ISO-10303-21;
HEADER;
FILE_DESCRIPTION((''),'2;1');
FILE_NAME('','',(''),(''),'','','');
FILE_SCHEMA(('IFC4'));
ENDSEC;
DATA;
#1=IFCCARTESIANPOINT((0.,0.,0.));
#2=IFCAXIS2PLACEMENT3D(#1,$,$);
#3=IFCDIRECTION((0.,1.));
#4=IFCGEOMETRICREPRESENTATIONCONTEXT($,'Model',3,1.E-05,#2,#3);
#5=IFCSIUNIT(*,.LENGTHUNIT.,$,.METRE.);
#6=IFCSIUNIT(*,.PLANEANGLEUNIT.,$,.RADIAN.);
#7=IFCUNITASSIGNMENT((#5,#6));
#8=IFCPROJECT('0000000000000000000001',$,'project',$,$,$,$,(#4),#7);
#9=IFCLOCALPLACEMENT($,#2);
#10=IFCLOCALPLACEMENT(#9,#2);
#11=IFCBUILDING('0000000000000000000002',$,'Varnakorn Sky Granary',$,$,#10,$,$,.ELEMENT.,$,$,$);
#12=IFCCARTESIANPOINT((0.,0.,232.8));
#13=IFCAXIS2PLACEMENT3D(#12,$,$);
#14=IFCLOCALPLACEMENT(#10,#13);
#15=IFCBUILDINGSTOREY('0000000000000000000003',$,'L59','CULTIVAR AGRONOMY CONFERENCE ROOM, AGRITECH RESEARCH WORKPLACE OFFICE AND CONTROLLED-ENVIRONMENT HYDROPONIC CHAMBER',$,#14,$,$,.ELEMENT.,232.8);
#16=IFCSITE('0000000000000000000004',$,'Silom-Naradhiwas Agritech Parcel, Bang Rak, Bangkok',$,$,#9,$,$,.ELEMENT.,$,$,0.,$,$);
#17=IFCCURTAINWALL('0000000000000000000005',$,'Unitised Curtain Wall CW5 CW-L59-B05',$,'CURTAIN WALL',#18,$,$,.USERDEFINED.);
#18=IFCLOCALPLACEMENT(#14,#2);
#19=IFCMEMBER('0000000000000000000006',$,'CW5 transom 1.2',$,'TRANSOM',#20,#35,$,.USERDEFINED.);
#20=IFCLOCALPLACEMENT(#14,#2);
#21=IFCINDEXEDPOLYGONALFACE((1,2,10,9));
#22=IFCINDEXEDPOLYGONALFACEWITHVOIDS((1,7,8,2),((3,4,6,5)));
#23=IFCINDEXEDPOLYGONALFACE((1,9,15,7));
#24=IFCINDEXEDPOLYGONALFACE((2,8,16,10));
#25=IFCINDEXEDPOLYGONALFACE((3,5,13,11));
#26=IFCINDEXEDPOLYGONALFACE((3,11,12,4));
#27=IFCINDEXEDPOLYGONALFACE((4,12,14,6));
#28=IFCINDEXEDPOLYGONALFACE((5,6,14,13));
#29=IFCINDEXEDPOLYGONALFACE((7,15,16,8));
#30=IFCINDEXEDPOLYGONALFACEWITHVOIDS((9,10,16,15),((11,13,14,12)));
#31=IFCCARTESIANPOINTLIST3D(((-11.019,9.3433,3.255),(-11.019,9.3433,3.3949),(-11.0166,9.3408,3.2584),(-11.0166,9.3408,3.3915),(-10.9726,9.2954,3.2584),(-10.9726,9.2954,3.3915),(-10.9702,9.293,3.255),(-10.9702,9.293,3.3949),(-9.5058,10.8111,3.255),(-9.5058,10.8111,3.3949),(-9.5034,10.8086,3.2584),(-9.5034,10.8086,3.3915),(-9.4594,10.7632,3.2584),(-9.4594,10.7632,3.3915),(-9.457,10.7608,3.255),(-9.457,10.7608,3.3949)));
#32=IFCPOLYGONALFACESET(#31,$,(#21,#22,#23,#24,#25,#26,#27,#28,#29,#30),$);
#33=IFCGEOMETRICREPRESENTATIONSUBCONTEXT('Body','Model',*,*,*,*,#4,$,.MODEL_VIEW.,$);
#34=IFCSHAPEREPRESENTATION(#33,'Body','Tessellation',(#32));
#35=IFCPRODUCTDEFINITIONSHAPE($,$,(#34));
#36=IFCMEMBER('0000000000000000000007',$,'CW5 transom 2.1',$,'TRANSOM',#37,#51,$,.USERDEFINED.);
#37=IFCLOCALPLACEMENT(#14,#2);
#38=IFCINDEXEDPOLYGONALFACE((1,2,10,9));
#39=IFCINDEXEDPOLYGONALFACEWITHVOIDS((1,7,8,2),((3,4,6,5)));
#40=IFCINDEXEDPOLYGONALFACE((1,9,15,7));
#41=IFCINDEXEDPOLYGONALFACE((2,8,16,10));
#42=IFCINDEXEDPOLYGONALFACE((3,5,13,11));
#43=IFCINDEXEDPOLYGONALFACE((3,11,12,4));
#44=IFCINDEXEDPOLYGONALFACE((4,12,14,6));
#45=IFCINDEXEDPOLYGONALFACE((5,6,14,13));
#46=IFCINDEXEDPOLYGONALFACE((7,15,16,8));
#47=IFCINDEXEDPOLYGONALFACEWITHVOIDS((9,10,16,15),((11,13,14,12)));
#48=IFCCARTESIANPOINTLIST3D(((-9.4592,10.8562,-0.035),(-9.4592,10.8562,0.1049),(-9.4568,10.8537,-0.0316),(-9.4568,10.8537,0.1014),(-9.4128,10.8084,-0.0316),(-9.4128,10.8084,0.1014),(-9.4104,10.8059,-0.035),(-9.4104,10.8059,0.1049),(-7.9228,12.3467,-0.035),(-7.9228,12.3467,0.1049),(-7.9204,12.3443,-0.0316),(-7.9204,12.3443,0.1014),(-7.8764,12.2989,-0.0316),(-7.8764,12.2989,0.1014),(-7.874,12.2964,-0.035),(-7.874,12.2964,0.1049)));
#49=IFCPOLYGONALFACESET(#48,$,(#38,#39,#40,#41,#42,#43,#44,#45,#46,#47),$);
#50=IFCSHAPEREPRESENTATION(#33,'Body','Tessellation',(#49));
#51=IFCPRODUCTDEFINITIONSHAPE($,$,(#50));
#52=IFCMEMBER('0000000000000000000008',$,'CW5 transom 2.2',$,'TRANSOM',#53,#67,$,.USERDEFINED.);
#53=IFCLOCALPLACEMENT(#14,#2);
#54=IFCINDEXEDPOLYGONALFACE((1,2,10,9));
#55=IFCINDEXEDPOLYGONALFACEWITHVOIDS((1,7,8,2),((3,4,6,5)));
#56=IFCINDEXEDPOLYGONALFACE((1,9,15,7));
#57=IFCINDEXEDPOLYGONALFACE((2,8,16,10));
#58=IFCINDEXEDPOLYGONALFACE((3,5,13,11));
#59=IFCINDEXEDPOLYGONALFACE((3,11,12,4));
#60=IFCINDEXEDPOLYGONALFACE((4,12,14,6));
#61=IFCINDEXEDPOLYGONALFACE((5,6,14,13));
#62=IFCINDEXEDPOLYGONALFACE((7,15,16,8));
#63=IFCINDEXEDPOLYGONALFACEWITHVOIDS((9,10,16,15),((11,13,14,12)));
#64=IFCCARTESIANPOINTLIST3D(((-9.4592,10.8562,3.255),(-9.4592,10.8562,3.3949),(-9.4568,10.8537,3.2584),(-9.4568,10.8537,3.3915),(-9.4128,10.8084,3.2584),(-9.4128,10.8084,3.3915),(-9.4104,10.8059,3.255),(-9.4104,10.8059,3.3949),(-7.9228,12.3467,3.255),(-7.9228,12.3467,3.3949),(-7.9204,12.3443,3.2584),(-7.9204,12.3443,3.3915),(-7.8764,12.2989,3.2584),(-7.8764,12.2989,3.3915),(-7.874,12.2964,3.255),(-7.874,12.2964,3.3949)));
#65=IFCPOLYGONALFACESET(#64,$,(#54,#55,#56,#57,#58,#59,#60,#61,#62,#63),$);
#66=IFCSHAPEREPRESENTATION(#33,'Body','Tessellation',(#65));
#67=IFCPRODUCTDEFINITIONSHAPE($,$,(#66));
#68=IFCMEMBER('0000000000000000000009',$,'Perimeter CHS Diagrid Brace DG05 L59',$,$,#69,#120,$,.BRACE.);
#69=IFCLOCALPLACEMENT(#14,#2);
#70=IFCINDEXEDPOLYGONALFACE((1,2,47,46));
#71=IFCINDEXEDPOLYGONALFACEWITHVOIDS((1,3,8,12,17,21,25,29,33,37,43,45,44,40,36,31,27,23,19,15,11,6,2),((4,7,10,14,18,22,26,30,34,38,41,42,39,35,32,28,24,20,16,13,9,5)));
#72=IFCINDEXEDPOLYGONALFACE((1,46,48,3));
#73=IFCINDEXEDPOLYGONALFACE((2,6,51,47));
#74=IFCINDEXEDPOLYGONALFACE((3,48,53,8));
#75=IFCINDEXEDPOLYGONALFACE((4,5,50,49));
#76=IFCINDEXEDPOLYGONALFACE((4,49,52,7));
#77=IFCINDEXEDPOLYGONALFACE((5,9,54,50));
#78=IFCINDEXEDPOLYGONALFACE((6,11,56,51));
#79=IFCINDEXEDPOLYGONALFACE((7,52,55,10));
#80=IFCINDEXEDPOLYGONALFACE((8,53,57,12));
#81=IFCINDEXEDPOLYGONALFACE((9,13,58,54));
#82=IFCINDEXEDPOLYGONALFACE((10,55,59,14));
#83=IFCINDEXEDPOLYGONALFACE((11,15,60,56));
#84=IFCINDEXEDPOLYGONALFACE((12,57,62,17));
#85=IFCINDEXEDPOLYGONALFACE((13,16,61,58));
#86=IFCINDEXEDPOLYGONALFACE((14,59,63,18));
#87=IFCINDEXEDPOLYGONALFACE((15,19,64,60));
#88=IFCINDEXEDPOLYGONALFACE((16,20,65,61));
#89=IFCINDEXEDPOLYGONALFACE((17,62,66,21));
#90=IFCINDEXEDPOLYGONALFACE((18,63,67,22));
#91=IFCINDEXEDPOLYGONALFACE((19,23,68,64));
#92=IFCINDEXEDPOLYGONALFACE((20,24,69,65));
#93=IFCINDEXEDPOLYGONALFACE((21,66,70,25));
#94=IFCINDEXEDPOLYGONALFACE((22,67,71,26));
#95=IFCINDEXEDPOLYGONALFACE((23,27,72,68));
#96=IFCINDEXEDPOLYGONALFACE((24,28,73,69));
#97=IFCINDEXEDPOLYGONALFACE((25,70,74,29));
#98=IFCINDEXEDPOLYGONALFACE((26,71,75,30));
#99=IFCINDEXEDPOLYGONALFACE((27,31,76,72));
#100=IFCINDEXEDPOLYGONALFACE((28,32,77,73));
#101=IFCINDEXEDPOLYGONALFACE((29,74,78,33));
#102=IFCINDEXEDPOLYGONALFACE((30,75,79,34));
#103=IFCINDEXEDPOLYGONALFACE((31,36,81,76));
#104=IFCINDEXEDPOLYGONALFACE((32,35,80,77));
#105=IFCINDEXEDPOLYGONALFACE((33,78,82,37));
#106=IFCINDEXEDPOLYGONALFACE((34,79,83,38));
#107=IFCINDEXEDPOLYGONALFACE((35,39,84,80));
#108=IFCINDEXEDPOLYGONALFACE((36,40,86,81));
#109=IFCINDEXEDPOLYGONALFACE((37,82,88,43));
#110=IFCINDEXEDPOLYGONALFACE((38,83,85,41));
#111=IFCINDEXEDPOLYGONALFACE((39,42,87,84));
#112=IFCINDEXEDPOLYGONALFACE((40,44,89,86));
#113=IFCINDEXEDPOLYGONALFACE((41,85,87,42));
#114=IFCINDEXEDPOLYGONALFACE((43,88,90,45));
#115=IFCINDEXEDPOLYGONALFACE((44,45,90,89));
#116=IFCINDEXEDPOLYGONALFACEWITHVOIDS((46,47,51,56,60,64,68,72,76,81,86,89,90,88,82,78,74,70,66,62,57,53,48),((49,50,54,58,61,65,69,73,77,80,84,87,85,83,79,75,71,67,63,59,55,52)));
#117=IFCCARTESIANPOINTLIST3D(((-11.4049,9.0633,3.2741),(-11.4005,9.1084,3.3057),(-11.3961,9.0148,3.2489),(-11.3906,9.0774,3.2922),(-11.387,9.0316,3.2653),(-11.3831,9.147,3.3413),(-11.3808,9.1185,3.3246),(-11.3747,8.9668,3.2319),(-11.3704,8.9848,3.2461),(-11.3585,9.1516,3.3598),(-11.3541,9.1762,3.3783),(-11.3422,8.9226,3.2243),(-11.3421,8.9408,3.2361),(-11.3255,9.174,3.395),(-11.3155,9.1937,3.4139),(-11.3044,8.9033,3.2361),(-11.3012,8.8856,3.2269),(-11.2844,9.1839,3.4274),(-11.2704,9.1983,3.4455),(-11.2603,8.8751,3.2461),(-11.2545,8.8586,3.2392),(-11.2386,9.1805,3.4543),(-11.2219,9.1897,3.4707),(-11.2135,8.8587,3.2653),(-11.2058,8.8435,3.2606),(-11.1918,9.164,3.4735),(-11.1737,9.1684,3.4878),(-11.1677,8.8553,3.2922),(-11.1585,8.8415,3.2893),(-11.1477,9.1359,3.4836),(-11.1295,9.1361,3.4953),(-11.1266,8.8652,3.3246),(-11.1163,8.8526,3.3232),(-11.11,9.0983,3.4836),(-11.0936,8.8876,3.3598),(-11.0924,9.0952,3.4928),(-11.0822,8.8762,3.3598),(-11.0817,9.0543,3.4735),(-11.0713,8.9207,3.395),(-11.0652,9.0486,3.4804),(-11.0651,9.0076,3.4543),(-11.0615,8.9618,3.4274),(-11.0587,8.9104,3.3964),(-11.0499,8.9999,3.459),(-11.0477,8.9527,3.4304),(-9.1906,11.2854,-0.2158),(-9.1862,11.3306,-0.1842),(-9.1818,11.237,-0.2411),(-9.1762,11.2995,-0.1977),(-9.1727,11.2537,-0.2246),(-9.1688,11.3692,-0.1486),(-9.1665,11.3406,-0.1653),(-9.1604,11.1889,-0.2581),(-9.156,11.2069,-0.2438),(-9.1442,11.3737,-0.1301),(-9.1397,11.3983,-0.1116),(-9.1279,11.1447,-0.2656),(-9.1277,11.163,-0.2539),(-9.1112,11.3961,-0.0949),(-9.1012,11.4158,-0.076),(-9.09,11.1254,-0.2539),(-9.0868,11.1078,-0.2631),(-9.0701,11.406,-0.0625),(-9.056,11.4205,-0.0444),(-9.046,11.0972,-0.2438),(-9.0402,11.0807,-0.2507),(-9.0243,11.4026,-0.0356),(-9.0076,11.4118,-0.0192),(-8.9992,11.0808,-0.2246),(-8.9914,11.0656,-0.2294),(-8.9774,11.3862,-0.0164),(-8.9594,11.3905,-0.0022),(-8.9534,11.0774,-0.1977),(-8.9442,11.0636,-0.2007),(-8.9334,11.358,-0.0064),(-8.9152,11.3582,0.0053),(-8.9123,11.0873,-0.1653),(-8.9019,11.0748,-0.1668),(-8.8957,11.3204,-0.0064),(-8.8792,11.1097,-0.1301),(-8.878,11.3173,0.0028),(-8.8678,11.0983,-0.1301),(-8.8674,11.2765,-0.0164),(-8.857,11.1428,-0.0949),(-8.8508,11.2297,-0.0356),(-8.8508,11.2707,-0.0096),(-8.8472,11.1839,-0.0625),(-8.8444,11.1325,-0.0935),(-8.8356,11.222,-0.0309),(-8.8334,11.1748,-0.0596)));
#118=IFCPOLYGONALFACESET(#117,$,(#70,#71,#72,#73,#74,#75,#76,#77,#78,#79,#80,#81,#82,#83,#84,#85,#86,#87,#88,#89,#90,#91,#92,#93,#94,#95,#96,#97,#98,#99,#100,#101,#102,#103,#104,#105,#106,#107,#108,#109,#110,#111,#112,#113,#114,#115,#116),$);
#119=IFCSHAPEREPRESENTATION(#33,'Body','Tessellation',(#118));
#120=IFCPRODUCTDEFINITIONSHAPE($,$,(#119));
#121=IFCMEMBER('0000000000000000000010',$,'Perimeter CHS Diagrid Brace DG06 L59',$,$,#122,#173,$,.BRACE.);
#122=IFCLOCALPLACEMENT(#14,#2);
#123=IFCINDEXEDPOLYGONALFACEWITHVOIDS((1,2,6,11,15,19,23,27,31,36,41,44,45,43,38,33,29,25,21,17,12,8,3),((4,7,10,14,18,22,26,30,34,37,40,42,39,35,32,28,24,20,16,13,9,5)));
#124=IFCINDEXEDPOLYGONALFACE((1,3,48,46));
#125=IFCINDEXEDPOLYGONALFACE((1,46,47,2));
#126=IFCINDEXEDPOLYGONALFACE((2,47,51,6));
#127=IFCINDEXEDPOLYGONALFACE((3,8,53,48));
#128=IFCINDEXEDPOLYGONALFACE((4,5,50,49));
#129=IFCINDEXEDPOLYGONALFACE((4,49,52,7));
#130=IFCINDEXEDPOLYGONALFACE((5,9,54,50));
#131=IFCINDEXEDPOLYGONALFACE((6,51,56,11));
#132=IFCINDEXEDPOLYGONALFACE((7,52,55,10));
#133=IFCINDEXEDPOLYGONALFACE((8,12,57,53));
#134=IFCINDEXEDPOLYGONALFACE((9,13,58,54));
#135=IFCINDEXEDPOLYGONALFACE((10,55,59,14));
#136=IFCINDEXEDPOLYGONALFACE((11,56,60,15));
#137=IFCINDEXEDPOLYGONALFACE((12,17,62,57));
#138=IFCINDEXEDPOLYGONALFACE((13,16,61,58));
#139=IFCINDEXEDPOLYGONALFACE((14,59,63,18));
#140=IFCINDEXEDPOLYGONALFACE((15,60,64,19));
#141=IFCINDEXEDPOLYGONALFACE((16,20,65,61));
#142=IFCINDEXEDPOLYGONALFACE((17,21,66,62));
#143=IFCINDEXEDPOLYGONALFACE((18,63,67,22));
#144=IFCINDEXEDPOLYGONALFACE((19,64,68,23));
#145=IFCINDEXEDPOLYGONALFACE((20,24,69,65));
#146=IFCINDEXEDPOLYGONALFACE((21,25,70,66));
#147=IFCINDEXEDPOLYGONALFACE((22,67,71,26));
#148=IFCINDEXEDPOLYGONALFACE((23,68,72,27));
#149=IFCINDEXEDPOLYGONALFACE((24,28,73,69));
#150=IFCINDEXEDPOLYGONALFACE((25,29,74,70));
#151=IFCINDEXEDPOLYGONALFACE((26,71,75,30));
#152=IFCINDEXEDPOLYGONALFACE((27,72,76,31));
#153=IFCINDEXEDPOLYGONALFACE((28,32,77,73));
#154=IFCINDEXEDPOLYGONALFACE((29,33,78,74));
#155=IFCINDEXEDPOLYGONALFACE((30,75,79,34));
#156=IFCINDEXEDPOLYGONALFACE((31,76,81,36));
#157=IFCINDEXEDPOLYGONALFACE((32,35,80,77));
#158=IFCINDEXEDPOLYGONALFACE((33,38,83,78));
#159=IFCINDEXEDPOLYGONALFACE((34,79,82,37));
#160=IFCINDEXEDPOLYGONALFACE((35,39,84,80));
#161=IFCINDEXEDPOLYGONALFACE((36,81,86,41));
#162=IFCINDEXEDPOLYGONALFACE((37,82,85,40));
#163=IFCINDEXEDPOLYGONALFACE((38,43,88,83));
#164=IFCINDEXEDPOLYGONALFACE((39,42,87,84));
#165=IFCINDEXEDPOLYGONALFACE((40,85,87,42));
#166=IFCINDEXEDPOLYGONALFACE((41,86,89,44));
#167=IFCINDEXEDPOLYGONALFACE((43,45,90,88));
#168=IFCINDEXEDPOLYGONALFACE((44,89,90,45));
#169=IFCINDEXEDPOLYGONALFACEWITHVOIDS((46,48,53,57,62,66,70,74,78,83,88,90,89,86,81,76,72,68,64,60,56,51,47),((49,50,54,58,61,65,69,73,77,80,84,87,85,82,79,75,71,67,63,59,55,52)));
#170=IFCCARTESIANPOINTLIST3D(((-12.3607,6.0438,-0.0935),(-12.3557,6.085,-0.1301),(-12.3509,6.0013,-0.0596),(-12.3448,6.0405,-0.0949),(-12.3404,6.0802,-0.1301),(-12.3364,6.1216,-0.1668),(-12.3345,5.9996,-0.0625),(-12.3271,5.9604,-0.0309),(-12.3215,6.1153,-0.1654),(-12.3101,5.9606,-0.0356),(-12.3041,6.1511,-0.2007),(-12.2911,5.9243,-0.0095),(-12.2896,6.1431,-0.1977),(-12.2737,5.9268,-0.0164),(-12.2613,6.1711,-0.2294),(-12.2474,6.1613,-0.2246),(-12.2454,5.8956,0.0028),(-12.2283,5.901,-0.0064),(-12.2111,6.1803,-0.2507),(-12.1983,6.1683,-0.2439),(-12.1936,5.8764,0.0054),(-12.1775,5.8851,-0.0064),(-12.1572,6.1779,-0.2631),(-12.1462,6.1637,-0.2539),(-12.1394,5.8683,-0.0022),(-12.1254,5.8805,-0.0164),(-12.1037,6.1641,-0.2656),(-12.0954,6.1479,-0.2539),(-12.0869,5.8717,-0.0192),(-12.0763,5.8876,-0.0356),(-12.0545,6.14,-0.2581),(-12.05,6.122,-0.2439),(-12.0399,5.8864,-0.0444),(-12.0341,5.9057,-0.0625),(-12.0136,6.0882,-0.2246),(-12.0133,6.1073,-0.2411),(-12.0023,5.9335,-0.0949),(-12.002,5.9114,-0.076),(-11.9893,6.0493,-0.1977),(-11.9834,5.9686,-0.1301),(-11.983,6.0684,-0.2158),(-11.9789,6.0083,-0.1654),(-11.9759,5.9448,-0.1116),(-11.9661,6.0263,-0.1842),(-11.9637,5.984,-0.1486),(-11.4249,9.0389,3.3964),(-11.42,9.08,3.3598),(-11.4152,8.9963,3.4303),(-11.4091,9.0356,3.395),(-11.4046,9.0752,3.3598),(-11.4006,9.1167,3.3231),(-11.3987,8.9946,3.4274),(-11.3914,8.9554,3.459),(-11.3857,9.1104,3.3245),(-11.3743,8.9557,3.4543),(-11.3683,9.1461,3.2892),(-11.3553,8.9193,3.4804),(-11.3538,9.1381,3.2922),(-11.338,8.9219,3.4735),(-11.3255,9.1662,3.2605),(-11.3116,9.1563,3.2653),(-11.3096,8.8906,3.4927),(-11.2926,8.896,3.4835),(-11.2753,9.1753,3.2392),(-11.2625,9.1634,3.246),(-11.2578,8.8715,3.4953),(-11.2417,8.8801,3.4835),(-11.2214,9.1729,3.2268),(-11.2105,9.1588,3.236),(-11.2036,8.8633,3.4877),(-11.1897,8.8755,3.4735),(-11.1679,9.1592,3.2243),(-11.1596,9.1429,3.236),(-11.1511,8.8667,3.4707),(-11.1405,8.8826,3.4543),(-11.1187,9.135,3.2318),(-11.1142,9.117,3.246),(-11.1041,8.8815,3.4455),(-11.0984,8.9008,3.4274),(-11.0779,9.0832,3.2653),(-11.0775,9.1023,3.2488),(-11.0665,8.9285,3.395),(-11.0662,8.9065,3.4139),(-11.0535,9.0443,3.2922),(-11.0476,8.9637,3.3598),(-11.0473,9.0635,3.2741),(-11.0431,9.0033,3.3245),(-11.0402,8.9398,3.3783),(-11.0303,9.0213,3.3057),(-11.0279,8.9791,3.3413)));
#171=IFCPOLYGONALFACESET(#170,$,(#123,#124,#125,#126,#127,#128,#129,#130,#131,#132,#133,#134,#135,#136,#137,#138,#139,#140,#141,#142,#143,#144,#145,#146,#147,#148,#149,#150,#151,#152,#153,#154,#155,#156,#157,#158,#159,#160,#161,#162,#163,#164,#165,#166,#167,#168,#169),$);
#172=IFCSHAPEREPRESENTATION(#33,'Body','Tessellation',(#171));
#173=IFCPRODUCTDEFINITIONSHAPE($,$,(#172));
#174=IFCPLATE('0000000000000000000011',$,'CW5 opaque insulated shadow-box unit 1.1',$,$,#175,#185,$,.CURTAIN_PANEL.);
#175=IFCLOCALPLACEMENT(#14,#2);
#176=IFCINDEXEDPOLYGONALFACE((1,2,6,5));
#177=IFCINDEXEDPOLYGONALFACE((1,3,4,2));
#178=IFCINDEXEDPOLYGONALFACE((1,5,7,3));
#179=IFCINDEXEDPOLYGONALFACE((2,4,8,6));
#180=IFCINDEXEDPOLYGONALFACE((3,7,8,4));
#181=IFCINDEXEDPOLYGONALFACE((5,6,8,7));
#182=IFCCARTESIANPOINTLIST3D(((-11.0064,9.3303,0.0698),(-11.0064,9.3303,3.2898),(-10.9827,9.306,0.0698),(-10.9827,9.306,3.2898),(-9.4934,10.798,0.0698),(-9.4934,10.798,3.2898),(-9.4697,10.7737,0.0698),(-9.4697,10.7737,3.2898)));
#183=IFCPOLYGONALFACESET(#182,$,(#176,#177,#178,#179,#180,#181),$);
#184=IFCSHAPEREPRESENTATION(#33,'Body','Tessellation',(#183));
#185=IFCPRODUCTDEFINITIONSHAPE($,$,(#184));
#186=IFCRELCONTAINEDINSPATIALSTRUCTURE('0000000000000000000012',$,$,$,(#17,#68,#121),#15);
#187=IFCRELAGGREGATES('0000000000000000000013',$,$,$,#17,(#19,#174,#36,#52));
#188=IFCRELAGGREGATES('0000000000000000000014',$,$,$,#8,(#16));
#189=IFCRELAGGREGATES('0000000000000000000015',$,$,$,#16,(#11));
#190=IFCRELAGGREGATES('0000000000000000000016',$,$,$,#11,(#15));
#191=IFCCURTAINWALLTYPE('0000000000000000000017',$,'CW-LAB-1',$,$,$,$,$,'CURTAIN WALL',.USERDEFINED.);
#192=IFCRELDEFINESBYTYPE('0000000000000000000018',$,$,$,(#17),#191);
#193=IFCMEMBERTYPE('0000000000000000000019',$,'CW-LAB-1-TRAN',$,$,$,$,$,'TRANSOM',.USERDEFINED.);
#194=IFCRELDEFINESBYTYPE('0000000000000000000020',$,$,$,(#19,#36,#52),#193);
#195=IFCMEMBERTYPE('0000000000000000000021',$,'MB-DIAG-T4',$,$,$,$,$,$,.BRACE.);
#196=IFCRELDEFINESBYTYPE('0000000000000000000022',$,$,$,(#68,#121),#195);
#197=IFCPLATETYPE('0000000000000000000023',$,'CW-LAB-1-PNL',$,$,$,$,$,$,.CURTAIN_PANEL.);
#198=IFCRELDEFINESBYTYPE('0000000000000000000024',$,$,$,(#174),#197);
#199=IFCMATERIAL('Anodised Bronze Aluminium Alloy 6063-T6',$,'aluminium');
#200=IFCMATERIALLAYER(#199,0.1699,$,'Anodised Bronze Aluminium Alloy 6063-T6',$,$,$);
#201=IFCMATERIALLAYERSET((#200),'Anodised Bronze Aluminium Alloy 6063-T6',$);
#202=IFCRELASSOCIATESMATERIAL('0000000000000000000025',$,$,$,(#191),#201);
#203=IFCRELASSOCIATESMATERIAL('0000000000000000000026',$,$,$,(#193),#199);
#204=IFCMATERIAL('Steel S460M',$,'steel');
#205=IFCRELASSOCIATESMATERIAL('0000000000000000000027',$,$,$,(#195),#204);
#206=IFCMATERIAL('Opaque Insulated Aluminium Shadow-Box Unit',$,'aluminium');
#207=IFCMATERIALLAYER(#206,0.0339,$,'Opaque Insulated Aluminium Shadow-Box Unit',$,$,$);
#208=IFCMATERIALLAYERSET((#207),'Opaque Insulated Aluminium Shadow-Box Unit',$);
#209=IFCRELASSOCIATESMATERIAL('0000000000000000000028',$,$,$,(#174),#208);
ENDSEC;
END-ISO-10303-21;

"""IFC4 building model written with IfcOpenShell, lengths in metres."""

from ifc_helpers import new_model, si_unit, direction, frame, origin, origin_2d, place, context, subcontext, project, spatial, rectangle, hollow_rectangle, hollow_circle, extrude, source, transform, mapped, material, layer, layer_set, material_profile, profile_set, type_object, element, aggregate, save


model = new_model("IFC4")

# Units and contexts
model_context = context("Model", 3, precision=1e-05, world=origin(), true_north=direction((0.0, 1.0)))
body_context = subcontext(model_context, "Body", "Model", "MODEL_VIEW")
ifc_project = project(units=[si_unit("LENGTHUNIT", "METRE"), si_unit("PLANEANGLEUNIT", "RADIAN")], contexts=[model_context])

# Site, building, storey
site_placement = place(None, origin())
site = spatial("IfcSite", under=ifc_project, at=site_placement, Name="Silom-Naradhiwas Agritech Parcel, Bang Rak, Bangkok", CompositionType="ELEMENT", RefElevation=0.0)
building_placement = place(site_placement, origin())
building = spatial("IfcBuilding", under=site, at=building_placement, Name="Varnakorn Sky Granary", CompositionType="ELEMENT")
storey_placement = place(building_placement, frame((0.0, 0.0, 232.8)))
storey = spatial("IfcBuildingStorey", under=building, at=storey_placement, Name="L59", Description="CULTIVAR AGRONOMY CONFERENCE ROOM, AGRITECH RESEARCH WORKPLACE OFFICE AND CONTROLLED-ENVIRONMENT HYDROPONIC CHAMBER", CompositionType="ELEMENT", Elevation=232.8)

# Shared definitions
ifc_material_1 = material(Name="Steel S460M", Category="steel")

# Curtain wall, members
ifc_material_2 = material(Name="Anodised Bronze Aluminium Alloy 6063-T6", Category="aluminium")
ifc_layer_1 = layer(ifc_material_2, 0.1699, Name="Anodised Bronze Aluminium Alloy 6063-T6")
ifc_layer_set_1 = layer_set([ifc_layer_1], Name="Anodised Bronze Aluminium Alloy 6063-T6")
curtain_wall_type = type_object("IfcCurtainWallType", Name="CW-LAB-1", ElementType="CURTAIN WALL", PredefinedType="USERDEFINED", material=ifc_layer_set_1)
curtain_wall_placement = place(storey_placement, origin())
curtain_wall = element("IfcCurtainWall", 1, at=curtain_wall_placement, inside=storey, type_object=curtain_wall_type, Name="Unitised Curtain Wall CW5 CW-L59-B05", ObjectType="CURTAIN WALL", PredefinedType="USERDEFINED")
ifc_material_profile_1 = material_profile(ifc_material_2, hollow_rectangle(XDim=0.0701, YDim=0.1399, WallThickness=0.0034, at=origin_2d()), Name="ALU TRAN 70x140")
ifc_profile_set_1 = profile_set([ifc_material_profile_1], Name="Anodised Bronze Aluminium Alloy 6063-T6")
member_type_1 = type_object("IfcMemberType", Name="CW-LAB-1-TRAN", ElementType="TRANSOM", PredefinedType="USERDEFINED", material=ifc_profile_set_1)
member_1_placement = place(storey_placement, frame((-10.9946, 9.3181, 3.325), z_axis=(0.717795, 0.696254, 0.0), x_axis=(-0.696254, 0.717795, 0.0)))
member_1 = element("IfcMember", 2, at=member_1_placement, type_object=member_type_1, Name="CW5 transom 1.2", ObjectType="TRANSOM", PredefinedType="USERDEFINED", context=body_context, shape_type="SweptSolid", body=[
    extrude(hollow_rectangle(XDim=0.0701, YDim=0.1399, WallThickness=0.0034, at=origin_2d()), origin(), (0.0, 0.0, 1.0), 2.1082),
])
member_2_placement = place(storey_placement, frame((-9.4348, 10.8311, 0.0349), z_axis=(0.717747, 0.696304, 0.0), x_axis=(-0.696304, 0.717747, 0.0)))
member_2 = element("IfcMember", 3, at=member_2_placement, type_object=member_type_1, Name="CW5 transom 2.1", ObjectType="TRANSOM", PredefinedType="USERDEFINED", context=body_context, shape_type="SweptSolid", body=[
    extrude(hollow_rectangle(XDim=0.0701, YDim=0.1399, WallThickness=0.0034, at=origin_2d()), origin(), (0.0, 0.0, 1.0), 2.1406),
])
member_3_placement = place(storey_placement, frame((-9.4348, 10.8311, 3.325), z_axis=(0.717747, 0.696304, 0.0), x_axis=(-0.696304, 0.717747, 0.0)))
member_3 = element("IfcMember", 4, at=member_3_placement, type_object=member_type_1, Name="CW5 transom 2.2", ObjectType="TRANSOM", PredefinedType="USERDEFINED", context=body_context, shape_type="SweptSolid", body=[
    extrude(hollow_rectangle(XDim=0.0701, YDim=0.1399, WallThickness=0.0034, at=origin_2d()), origin(), (0.0, 0.0, 1.0), 2.1406),
])

# Members
ifc_material_profile_2 = material_profile(ifc_material_1, hollow_circle(Radius=0.2031, WallThickness=0.0161, at=origin_2d()), Name="CHS 406.4x16")
ifc_profile_set_2 = profile_set([ifc_material_profile_2], Name="Steel S460M")
member_type_2 = type_object("IfcMemberType", Name="MB-DIAG-T4", PredefinedType="BRACE", material=ifc_profile_set_2)
member_4_placement = place(storey_placement, frame((-9.0117, 11.2417, -0.1301), z_axis=(-0.471872, -0.473537, 0.743706), x_axis=(0.708351, -0.705861, 0.0)))
element("IfcMember", 5, at=member_4_placement, inside=storey, type_object=member_type_2, Name="Perimeter CHS Diagrid Brace DG05 L59", PredefinedType="BRACE", context=body_context, shape_type="SweptSolid", body=[
    extrude(hollow_circle(Radius=0.2031, WallThickness=0.0161, at=origin_2d()), origin(), (0.0, 0.0, 1.0), 4.6926),
])
member_5_placement = place(storey_placement, frame((-12.1619, 6.0244, -0.1301), z_axis=(0.199391, 0.638177, 0.743621), x_axis=(-0.954497, 0.298222, 0.0)))
element("IfcMember", 6, at=member_5_placement, inside=storey, type_object=member_type_2, Name="Perimeter CHS Diagrid Brace DG06 L59", PredefinedType="BRACE", context=body_context, shape_type="SweptSolid", body=[
    extrude(hollow_circle(Radius=0.2031, WallThickness=0.0161, at=origin_2d()), origin(), (0.0, 0.0, 1.0), 4.6931),
])

# Plate
ifc_material_3 = material(Name="Opaque Insulated Aluminium Shadow-Box Unit", Category="aluminium")
ifc_layer_2 = layer(ifc_material_3, 0.0339, Name="Opaque Insulated Aluminium Shadow-Box Unit")
ifc_layer_set_2 = layer_set([ifc_layer_2], Name="Opaque Insulated Aluminium Shadow-Box Unit")
plate_type = type_object("IfcPlateType", Name="CW-LAB-1-PNL", PredefinedType="CURTAIN_PANEL")
shared_shape_1 = source(origin(), body_context, "Body", "SweptSolid", [
    extrude(rectangle(XDim=2.1079, YDim=0.0339, at=origin_2d()), origin(), (0.0, 0.0, 1.0), 3.22),
])
plate_1_placement = place(storey_placement, frame((-10.238, 10.052, 0.0698), z_axis=(0.0, 0.0, 1.0), x_axis=(0.717771, 0.696279, 0.0)))
plate_1 = element("IfcPlate", 7, at=plate_1_placement, type_object=plate_type, material=ifc_layer_set_2, Name="CW5 opaque insulated shadow-box unit 1.1", PredefinedType="CURTAIN_PANEL", context=body_context, shape_type="MappedRepresentation", body=[
    mapped(shared_shape_1, transform((0.0, 0.0, 0.0), x_axis=(1.0, 0.0, 0.0), y_axis=(0.0, 1.0, 0.0), z_axis=(0.0, 0.0, 1.0), scale=1.0)),
])
aggregate(curtain_wall, [member_1, plate_1, member_2, member_3])

save(model, "model.ifc")
